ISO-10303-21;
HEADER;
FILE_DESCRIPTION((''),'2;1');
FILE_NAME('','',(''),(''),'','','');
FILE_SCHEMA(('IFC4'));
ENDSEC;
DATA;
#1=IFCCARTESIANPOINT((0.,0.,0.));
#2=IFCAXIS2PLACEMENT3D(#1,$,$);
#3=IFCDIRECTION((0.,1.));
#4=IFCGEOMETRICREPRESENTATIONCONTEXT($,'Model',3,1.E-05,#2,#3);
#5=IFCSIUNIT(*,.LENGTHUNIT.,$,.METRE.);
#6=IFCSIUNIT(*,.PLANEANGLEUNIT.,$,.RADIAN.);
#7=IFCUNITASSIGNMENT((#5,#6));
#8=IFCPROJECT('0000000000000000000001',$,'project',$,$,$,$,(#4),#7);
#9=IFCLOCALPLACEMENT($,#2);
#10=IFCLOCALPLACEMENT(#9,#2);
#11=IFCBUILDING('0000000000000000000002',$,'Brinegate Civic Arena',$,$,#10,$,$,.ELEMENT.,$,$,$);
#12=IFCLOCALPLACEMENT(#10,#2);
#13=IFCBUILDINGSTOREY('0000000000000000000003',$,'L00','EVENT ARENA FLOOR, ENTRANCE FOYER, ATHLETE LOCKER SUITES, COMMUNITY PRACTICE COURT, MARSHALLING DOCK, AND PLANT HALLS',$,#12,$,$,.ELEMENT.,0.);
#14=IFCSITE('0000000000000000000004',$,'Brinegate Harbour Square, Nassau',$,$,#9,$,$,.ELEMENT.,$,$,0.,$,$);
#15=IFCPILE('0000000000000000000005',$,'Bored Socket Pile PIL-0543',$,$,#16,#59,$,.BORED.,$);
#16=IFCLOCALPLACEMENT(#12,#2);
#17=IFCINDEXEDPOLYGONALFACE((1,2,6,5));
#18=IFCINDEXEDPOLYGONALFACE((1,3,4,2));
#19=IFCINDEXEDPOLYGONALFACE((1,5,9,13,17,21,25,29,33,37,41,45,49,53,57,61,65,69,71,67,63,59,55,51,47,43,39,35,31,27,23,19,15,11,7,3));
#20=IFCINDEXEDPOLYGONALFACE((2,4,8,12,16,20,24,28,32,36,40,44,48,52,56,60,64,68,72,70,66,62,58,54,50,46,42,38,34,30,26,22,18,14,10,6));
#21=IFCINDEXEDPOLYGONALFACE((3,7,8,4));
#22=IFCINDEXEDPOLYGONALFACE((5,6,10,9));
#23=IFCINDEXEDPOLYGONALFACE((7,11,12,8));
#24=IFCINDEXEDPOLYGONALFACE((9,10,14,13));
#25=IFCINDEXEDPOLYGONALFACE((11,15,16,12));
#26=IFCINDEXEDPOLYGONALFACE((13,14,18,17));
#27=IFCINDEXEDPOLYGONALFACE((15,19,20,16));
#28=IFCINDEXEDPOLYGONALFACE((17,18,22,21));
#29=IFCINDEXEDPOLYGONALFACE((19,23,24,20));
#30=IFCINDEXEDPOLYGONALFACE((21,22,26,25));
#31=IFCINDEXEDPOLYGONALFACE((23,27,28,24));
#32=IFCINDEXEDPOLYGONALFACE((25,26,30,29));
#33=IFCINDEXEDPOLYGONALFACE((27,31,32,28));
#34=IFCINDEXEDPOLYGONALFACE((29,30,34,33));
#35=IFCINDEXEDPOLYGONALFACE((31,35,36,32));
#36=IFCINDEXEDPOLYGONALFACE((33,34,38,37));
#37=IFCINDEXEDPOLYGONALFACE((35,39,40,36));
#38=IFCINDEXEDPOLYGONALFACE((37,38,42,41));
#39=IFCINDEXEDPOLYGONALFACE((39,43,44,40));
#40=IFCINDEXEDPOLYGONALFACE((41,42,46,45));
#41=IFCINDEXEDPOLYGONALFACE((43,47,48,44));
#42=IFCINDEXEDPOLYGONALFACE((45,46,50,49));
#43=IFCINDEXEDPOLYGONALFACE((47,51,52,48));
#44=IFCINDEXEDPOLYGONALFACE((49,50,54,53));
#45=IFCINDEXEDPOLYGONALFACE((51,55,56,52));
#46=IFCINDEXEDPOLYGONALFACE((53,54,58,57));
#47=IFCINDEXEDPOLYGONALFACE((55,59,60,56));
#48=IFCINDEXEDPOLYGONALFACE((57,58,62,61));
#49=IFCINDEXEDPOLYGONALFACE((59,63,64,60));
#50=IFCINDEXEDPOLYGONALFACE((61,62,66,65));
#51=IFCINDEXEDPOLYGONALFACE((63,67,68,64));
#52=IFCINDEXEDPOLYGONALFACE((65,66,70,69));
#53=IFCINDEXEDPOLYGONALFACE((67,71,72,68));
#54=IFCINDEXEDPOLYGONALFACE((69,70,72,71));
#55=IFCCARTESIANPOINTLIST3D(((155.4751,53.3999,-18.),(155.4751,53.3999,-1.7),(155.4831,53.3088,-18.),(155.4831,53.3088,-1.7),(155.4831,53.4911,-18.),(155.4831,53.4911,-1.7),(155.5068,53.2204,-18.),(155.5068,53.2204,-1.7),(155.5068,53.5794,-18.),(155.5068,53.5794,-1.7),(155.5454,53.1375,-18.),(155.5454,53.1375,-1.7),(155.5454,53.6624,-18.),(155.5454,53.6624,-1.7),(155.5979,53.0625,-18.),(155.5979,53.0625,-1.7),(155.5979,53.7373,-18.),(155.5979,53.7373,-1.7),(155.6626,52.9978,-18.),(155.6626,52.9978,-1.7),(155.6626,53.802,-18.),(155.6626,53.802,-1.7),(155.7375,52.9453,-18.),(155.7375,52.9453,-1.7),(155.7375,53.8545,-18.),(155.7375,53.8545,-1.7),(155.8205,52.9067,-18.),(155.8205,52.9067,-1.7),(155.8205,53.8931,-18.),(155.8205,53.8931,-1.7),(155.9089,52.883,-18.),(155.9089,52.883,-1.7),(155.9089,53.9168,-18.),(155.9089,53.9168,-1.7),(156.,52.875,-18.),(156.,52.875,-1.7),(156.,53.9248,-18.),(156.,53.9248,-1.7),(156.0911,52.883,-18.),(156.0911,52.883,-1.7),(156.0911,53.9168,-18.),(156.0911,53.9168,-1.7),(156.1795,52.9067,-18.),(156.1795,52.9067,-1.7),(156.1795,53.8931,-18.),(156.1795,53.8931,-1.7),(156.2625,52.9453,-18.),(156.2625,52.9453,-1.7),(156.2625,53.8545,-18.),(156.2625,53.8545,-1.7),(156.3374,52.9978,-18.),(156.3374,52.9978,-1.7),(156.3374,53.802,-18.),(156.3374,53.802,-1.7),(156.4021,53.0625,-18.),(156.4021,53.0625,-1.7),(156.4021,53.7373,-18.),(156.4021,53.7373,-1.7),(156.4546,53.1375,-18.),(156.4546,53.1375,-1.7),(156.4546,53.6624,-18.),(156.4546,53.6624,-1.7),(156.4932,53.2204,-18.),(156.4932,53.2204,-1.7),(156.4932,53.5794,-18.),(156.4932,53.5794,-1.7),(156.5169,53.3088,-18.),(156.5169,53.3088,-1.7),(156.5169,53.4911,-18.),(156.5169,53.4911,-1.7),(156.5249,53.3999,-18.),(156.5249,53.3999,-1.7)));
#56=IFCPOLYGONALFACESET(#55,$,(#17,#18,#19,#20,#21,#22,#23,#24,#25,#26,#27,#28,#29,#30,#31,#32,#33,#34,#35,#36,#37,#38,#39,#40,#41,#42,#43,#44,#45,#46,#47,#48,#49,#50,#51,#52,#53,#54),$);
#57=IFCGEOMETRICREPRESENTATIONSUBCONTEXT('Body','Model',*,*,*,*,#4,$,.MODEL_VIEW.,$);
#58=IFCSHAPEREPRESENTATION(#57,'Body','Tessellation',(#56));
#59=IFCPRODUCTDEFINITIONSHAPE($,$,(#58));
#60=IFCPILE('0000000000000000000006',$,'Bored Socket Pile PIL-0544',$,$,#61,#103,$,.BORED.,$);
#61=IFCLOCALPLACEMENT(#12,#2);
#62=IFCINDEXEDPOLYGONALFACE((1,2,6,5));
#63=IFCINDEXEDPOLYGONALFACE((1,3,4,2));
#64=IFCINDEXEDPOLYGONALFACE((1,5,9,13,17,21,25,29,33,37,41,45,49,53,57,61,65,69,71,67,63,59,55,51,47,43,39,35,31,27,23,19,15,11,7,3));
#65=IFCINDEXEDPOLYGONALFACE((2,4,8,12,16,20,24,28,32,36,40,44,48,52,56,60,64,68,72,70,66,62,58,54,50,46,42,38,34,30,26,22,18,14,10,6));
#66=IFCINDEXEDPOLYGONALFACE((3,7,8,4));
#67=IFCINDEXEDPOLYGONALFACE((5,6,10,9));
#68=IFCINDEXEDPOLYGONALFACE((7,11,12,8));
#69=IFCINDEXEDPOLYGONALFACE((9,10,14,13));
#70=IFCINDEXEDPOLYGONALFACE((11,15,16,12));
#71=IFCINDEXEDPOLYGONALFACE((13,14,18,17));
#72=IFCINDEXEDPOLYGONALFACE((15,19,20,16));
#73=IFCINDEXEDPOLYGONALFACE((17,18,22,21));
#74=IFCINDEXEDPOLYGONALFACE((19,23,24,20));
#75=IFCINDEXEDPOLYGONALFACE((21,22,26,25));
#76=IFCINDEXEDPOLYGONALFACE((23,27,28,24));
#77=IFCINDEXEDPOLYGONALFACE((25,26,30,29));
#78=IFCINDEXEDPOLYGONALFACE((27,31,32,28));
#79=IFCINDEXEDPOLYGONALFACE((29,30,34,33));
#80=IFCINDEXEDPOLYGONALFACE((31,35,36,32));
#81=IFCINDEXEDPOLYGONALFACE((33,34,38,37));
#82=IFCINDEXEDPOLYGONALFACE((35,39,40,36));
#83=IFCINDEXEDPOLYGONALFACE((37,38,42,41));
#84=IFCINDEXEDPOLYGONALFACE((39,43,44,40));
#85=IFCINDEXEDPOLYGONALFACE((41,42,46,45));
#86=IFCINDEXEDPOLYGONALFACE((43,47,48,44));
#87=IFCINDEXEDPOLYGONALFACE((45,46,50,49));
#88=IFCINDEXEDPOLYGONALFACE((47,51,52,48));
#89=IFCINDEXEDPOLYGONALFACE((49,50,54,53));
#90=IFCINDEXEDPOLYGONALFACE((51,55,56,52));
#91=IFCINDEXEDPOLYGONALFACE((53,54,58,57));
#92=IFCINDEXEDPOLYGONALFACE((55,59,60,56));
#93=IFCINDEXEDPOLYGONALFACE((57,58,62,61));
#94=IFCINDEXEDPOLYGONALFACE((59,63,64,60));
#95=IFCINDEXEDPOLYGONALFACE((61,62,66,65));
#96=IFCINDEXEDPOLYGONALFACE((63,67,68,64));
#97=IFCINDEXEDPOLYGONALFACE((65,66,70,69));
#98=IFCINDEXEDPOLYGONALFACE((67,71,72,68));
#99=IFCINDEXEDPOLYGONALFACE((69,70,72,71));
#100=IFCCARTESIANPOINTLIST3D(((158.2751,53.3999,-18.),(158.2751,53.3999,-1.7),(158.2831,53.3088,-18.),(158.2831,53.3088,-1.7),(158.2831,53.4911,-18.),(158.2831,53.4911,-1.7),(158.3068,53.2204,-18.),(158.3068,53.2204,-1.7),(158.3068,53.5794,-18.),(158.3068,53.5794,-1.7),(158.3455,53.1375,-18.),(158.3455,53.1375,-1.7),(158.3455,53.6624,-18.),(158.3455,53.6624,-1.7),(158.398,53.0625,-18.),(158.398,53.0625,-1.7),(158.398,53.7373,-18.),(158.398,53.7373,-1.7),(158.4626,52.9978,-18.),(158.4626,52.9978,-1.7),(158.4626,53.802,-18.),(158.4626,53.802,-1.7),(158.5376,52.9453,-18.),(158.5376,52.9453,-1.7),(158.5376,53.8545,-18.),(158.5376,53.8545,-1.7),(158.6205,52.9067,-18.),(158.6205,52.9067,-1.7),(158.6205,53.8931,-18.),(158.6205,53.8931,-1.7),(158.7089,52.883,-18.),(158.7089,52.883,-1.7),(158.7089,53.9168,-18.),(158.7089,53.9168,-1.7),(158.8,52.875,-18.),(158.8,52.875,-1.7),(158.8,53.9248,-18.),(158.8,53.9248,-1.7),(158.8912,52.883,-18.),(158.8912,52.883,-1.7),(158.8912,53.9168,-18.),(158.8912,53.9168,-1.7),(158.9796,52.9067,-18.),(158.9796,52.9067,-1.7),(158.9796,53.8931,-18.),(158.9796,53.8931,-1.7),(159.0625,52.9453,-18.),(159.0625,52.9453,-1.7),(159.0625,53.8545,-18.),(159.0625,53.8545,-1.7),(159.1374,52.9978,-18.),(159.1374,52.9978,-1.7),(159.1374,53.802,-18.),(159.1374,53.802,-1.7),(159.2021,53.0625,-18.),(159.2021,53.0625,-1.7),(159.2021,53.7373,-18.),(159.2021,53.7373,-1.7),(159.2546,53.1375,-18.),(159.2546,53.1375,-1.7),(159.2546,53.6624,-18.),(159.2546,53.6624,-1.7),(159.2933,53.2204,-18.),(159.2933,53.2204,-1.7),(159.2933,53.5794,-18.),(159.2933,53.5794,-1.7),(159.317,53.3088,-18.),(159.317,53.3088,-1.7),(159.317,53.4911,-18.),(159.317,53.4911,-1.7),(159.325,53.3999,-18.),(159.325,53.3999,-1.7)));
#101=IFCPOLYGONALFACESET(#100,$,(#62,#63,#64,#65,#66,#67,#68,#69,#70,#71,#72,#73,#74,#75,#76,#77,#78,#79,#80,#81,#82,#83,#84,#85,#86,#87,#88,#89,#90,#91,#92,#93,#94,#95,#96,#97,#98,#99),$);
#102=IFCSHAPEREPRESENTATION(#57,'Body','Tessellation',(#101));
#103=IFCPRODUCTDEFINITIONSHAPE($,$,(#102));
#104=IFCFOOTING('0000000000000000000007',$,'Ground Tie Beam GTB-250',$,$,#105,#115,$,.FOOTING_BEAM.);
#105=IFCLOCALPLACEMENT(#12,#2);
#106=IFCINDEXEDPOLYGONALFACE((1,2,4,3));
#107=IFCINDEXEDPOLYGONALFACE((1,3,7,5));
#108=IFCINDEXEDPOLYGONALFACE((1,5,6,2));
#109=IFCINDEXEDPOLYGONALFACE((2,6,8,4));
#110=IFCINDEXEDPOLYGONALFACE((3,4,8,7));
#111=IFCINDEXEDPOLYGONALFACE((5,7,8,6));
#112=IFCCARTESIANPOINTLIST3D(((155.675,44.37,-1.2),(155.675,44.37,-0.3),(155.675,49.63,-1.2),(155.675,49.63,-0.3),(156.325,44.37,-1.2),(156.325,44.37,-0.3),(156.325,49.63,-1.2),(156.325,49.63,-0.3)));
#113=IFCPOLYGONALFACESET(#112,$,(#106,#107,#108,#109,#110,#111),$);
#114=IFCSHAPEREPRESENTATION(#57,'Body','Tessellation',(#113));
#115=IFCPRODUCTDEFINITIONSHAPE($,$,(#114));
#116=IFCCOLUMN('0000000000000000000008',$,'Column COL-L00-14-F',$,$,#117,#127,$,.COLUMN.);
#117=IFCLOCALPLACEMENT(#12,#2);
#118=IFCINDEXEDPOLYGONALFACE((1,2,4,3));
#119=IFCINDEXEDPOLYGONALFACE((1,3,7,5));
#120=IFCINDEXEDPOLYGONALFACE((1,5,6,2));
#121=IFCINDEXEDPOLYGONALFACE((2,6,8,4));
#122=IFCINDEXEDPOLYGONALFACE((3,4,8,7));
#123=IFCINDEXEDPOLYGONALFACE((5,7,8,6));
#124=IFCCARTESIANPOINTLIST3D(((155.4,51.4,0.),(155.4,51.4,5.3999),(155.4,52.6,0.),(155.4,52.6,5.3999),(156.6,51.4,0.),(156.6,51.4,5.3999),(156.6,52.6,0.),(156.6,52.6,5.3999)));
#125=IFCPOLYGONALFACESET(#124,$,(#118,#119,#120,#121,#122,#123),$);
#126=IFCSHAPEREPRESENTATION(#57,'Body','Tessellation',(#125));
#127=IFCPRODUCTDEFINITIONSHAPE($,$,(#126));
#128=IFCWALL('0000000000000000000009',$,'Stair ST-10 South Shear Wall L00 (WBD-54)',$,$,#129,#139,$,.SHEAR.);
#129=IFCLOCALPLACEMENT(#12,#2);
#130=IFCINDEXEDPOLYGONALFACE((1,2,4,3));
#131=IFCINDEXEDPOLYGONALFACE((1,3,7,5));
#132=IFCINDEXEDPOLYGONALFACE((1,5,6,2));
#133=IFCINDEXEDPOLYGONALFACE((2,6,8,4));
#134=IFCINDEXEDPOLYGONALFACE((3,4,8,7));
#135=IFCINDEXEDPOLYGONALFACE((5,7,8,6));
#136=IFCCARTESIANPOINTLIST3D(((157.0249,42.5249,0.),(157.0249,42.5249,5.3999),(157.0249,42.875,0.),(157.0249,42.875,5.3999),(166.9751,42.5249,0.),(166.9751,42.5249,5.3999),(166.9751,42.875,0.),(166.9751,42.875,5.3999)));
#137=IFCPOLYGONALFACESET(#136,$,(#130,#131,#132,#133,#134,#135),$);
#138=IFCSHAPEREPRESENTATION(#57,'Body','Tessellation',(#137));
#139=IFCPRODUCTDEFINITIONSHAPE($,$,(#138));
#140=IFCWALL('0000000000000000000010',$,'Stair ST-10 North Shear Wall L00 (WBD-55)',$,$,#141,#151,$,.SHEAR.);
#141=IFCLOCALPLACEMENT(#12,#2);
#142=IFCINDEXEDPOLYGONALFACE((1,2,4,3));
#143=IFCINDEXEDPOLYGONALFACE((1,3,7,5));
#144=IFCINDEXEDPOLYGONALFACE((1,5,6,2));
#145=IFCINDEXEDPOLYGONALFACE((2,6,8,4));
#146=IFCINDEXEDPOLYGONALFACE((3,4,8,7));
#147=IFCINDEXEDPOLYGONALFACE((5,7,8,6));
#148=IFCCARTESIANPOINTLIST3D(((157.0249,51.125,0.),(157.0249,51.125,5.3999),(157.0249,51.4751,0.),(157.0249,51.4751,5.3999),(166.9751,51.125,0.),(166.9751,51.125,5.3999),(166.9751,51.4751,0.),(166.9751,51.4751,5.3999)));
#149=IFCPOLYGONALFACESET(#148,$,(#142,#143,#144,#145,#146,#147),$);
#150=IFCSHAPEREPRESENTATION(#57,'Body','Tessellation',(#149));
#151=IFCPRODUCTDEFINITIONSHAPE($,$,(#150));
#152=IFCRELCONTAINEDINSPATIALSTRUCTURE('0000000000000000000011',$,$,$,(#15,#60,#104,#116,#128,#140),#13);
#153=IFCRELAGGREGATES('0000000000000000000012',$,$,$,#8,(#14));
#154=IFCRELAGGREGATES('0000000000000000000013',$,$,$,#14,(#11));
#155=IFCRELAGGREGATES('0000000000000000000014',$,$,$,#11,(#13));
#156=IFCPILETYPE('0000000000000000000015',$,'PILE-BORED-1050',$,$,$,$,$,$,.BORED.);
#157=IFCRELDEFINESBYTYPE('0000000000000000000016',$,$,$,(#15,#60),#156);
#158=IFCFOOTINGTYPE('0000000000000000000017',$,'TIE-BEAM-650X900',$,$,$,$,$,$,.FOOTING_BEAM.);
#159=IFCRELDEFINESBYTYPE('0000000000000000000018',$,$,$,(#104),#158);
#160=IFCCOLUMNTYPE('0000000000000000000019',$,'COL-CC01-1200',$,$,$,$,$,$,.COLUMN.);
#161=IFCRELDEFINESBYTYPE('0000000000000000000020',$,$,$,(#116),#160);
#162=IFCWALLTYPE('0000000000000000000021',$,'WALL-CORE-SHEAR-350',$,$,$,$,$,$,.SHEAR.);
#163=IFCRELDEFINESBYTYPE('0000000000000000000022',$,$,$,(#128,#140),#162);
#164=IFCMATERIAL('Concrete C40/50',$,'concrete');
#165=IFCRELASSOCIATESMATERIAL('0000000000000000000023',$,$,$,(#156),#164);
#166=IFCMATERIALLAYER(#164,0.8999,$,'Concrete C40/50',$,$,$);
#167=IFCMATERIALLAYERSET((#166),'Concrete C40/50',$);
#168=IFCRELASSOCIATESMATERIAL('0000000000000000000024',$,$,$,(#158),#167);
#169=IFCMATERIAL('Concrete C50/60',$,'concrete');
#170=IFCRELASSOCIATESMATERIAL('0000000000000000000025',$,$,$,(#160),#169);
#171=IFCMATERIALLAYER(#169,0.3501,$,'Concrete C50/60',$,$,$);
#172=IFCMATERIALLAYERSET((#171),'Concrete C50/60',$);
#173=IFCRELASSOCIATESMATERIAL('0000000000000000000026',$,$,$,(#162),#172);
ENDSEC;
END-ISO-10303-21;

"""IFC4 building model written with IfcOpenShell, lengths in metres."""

from ifc_helpers import new_model, si_unit, direction, frame, frame_2d, origin, origin_2d, place, context, subcontext, project, spatial, rectangle, circle, extrude, material, layer, layer_set, material_profile, profile_set, type_object, element, save


model = new_model("IFC4")

# Units and contexts
model_context = context("Model", 3, precision=1e-05, world=origin(), true_north=direction((0.0, 1.0)))
body_context = subcontext(model_context, "Body", "Model", "MODEL_VIEW")
ifc_project = project(units=[si_unit("LENGTHUNIT", "METRE"), si_unit("PLANEANGLEUNIT", "RADIAN")], contexts=[model_context])

# Site, building, storey
site_placement = place(None, origin())
site = spatial("IfcSite", under=ifc_project, at=site_placement, Name="Brinegate Harbour Square, Nassau", CompositionType="ELEMENT", RefElevation=0.0)
building_placement = place(site_placement, origin())
building = spatial("IfcBuilding", under=site, at=building_placement, Name="Brinegate Civic Arena", CompositionType="ELEMENT")
storey_placement = place(building_placement, origin())
storey = spatial("IfcBuildingStorey", under=building, at=storey_placement, Name="L00", Description="EVENT ARENA FLOOR, ENTRANCE FOYER, ATHLETE LOCKER SUITES, COMMUNITY PRACTICE COURT, MARSHALLING DOCK, AND PLANT HALLS", CompositionType="ELEMENT", Elevation=0.0)

# Shared definitions
ifc_material_1 = material(Name="Concrete C40/50", Category="concrete")

# Piles
ifc_material_profile_1 = material_profile(ifc_material_1, circle(Radius=0.5249, at=origin_2d()), Name="PILED1050")
ifc_profile_set_1 = profile_set([ifc_material_profile_1], Name="Concrete C40/50")
pile_type = type_object("IfcPileType", Name="PILE-BORED-1050", PredefinedType="BORED", material=ifc_profile_set_1)
for number, where, z_axis, x_axis, name in (
    (1, (156.0, 53.3999, -1.7), (0.0, 0.0, -1.0), (1.0, 0.0, 0.0), "Bored Socket Pile PIL-0543"),
    (2, (158.8, 53.3999, -1.7), (0.0, 0.0, -1.0), (1.0, 0.0, 0.0), "Bored Socket Pile PIL-0544"),
):
    element("IfcPile", number, at=place(storey_placement, frame(where, z_axis=z_axis, x_axis=x_axis)), inside=storey, type_object=pile_type, Name=name, PredefinedType="BORED", context=body_context, shape_type="SweptSolid", body=[
        extrude(circle(Radius=0.5249, at=origin_2d()), origin(), (0.0, 0.0, 1.0), 16.3),
    ])

# Footing
ifc_layer_1 = layer(ifc_material_1, 0.8999, Name="Concrete C40/50")
ifc_layer_set_1 = layer_set([ifc_layer_1], Name="Concrete C40/50")
footing_type_1 = type_object("IfcFootingType", Name="TIE-BEAM-650X900", PredefinedType="FOOTING_BEAM", material=ifc_layer_set_1)
footing_1_placement = place(storey_placement, frame((156.0, 47.0, -1.2), z_axis=(0.0, 0.0, 1.0), x_axis=(0.0, 1.0, 0.0)))
element("IfcFooting", 3, at=footing_1_placement, inside=storey, type_object=footing_type_1, Name="Ground Tie Beam GTB-250", PredefinedType="FOOTING_BEAM", context=body_context, shape_type="SweptSolid", body=[
    extrude(rectangle(XDim=5.26, YDim=0.6499, at=origin_2d()), origin(), (0.0, 0.0, 1.0), 0.8999),
])

# Column
ifc_material_2 = material(Name="Concrete C50/60", Category="concrete")
ifc_material_profile_2 = material_profile(ifc_material_2, rectangle(XDim=1.2, YDim=1.2, at=origin_2d()), Name="RC1200X1200")
ifc_profile_set_2 = profile_set([ifc_material_profile_2], Name="Concrete C50/60")
column_type = type_object("IfcColumnType", Name="COL-CC01-1200", PredefinedType="COLUMN", material=ifc_profile_set_2)
column_placement = place(storey_placement, frame((156.0, 52.0, 0.0), z_axis=(0.0, 0.0, 1.0), x_axis=(1.0, 0.0, 0.0)))
element("IfcColumn", 4, at=column_placement, inside=storey, type_object=column_type, Name="Column COL-L00-14-F", PredefinedType="COLUMN", context=body_context, shape_type="SweptSolid", body=[
    extrude(rectangle(XDim=1.2, YDim=1.2, at=origin_2d()), origin(), (0.0, 0.0, 1.0), 5.3999),
])

# Walls
ifc_layer_2 = layer(ifc_material_2, 0.3501, Name="Concrete C50/60")
ifc_layer_set_2 = layer_set([ifc_layer_2], Name="Concrete C50/60")
wall_type_1 = type_object("IfcWallType", Name="WALL-CORE-SHEAR-350", PredefinedType="SHEAR", material=ifc_layer_set_2)
for number, where, z_axis, x_axis, name in (
    (5, (157.0249, 42.7, 0.0), (0.0, 0.0, 1.0), (1.0, 0.0, 0.0), "Stair ST-10 South Shear Wall L00 (WBD-54)"),
    (6, (157.0249, 51.3, 0.0), (0.0, 0.0, 1.0), (1.0, 0.0, 0.0), "Stair ST-10 North Shear Wall L00 (WBD-55)"),
):
    element("IfcWall", number, at=place(storey_placement, frame(where, z_axis=z_axis, x_axis=x_axis)), inside=storey, type_object=wall_type_1, Name=name, PredefinedType="SHEAR", context=body_context, shape_type="SweptSolid", body=[
        extrude(rectangle(XDim=9.9502, YDim=0.3501, at=frame_2d((4.9751, 0.0))), origin(), (0.0, 0.0, 1.0), 5.3999),
    ])

save(model, "model.ifc")
